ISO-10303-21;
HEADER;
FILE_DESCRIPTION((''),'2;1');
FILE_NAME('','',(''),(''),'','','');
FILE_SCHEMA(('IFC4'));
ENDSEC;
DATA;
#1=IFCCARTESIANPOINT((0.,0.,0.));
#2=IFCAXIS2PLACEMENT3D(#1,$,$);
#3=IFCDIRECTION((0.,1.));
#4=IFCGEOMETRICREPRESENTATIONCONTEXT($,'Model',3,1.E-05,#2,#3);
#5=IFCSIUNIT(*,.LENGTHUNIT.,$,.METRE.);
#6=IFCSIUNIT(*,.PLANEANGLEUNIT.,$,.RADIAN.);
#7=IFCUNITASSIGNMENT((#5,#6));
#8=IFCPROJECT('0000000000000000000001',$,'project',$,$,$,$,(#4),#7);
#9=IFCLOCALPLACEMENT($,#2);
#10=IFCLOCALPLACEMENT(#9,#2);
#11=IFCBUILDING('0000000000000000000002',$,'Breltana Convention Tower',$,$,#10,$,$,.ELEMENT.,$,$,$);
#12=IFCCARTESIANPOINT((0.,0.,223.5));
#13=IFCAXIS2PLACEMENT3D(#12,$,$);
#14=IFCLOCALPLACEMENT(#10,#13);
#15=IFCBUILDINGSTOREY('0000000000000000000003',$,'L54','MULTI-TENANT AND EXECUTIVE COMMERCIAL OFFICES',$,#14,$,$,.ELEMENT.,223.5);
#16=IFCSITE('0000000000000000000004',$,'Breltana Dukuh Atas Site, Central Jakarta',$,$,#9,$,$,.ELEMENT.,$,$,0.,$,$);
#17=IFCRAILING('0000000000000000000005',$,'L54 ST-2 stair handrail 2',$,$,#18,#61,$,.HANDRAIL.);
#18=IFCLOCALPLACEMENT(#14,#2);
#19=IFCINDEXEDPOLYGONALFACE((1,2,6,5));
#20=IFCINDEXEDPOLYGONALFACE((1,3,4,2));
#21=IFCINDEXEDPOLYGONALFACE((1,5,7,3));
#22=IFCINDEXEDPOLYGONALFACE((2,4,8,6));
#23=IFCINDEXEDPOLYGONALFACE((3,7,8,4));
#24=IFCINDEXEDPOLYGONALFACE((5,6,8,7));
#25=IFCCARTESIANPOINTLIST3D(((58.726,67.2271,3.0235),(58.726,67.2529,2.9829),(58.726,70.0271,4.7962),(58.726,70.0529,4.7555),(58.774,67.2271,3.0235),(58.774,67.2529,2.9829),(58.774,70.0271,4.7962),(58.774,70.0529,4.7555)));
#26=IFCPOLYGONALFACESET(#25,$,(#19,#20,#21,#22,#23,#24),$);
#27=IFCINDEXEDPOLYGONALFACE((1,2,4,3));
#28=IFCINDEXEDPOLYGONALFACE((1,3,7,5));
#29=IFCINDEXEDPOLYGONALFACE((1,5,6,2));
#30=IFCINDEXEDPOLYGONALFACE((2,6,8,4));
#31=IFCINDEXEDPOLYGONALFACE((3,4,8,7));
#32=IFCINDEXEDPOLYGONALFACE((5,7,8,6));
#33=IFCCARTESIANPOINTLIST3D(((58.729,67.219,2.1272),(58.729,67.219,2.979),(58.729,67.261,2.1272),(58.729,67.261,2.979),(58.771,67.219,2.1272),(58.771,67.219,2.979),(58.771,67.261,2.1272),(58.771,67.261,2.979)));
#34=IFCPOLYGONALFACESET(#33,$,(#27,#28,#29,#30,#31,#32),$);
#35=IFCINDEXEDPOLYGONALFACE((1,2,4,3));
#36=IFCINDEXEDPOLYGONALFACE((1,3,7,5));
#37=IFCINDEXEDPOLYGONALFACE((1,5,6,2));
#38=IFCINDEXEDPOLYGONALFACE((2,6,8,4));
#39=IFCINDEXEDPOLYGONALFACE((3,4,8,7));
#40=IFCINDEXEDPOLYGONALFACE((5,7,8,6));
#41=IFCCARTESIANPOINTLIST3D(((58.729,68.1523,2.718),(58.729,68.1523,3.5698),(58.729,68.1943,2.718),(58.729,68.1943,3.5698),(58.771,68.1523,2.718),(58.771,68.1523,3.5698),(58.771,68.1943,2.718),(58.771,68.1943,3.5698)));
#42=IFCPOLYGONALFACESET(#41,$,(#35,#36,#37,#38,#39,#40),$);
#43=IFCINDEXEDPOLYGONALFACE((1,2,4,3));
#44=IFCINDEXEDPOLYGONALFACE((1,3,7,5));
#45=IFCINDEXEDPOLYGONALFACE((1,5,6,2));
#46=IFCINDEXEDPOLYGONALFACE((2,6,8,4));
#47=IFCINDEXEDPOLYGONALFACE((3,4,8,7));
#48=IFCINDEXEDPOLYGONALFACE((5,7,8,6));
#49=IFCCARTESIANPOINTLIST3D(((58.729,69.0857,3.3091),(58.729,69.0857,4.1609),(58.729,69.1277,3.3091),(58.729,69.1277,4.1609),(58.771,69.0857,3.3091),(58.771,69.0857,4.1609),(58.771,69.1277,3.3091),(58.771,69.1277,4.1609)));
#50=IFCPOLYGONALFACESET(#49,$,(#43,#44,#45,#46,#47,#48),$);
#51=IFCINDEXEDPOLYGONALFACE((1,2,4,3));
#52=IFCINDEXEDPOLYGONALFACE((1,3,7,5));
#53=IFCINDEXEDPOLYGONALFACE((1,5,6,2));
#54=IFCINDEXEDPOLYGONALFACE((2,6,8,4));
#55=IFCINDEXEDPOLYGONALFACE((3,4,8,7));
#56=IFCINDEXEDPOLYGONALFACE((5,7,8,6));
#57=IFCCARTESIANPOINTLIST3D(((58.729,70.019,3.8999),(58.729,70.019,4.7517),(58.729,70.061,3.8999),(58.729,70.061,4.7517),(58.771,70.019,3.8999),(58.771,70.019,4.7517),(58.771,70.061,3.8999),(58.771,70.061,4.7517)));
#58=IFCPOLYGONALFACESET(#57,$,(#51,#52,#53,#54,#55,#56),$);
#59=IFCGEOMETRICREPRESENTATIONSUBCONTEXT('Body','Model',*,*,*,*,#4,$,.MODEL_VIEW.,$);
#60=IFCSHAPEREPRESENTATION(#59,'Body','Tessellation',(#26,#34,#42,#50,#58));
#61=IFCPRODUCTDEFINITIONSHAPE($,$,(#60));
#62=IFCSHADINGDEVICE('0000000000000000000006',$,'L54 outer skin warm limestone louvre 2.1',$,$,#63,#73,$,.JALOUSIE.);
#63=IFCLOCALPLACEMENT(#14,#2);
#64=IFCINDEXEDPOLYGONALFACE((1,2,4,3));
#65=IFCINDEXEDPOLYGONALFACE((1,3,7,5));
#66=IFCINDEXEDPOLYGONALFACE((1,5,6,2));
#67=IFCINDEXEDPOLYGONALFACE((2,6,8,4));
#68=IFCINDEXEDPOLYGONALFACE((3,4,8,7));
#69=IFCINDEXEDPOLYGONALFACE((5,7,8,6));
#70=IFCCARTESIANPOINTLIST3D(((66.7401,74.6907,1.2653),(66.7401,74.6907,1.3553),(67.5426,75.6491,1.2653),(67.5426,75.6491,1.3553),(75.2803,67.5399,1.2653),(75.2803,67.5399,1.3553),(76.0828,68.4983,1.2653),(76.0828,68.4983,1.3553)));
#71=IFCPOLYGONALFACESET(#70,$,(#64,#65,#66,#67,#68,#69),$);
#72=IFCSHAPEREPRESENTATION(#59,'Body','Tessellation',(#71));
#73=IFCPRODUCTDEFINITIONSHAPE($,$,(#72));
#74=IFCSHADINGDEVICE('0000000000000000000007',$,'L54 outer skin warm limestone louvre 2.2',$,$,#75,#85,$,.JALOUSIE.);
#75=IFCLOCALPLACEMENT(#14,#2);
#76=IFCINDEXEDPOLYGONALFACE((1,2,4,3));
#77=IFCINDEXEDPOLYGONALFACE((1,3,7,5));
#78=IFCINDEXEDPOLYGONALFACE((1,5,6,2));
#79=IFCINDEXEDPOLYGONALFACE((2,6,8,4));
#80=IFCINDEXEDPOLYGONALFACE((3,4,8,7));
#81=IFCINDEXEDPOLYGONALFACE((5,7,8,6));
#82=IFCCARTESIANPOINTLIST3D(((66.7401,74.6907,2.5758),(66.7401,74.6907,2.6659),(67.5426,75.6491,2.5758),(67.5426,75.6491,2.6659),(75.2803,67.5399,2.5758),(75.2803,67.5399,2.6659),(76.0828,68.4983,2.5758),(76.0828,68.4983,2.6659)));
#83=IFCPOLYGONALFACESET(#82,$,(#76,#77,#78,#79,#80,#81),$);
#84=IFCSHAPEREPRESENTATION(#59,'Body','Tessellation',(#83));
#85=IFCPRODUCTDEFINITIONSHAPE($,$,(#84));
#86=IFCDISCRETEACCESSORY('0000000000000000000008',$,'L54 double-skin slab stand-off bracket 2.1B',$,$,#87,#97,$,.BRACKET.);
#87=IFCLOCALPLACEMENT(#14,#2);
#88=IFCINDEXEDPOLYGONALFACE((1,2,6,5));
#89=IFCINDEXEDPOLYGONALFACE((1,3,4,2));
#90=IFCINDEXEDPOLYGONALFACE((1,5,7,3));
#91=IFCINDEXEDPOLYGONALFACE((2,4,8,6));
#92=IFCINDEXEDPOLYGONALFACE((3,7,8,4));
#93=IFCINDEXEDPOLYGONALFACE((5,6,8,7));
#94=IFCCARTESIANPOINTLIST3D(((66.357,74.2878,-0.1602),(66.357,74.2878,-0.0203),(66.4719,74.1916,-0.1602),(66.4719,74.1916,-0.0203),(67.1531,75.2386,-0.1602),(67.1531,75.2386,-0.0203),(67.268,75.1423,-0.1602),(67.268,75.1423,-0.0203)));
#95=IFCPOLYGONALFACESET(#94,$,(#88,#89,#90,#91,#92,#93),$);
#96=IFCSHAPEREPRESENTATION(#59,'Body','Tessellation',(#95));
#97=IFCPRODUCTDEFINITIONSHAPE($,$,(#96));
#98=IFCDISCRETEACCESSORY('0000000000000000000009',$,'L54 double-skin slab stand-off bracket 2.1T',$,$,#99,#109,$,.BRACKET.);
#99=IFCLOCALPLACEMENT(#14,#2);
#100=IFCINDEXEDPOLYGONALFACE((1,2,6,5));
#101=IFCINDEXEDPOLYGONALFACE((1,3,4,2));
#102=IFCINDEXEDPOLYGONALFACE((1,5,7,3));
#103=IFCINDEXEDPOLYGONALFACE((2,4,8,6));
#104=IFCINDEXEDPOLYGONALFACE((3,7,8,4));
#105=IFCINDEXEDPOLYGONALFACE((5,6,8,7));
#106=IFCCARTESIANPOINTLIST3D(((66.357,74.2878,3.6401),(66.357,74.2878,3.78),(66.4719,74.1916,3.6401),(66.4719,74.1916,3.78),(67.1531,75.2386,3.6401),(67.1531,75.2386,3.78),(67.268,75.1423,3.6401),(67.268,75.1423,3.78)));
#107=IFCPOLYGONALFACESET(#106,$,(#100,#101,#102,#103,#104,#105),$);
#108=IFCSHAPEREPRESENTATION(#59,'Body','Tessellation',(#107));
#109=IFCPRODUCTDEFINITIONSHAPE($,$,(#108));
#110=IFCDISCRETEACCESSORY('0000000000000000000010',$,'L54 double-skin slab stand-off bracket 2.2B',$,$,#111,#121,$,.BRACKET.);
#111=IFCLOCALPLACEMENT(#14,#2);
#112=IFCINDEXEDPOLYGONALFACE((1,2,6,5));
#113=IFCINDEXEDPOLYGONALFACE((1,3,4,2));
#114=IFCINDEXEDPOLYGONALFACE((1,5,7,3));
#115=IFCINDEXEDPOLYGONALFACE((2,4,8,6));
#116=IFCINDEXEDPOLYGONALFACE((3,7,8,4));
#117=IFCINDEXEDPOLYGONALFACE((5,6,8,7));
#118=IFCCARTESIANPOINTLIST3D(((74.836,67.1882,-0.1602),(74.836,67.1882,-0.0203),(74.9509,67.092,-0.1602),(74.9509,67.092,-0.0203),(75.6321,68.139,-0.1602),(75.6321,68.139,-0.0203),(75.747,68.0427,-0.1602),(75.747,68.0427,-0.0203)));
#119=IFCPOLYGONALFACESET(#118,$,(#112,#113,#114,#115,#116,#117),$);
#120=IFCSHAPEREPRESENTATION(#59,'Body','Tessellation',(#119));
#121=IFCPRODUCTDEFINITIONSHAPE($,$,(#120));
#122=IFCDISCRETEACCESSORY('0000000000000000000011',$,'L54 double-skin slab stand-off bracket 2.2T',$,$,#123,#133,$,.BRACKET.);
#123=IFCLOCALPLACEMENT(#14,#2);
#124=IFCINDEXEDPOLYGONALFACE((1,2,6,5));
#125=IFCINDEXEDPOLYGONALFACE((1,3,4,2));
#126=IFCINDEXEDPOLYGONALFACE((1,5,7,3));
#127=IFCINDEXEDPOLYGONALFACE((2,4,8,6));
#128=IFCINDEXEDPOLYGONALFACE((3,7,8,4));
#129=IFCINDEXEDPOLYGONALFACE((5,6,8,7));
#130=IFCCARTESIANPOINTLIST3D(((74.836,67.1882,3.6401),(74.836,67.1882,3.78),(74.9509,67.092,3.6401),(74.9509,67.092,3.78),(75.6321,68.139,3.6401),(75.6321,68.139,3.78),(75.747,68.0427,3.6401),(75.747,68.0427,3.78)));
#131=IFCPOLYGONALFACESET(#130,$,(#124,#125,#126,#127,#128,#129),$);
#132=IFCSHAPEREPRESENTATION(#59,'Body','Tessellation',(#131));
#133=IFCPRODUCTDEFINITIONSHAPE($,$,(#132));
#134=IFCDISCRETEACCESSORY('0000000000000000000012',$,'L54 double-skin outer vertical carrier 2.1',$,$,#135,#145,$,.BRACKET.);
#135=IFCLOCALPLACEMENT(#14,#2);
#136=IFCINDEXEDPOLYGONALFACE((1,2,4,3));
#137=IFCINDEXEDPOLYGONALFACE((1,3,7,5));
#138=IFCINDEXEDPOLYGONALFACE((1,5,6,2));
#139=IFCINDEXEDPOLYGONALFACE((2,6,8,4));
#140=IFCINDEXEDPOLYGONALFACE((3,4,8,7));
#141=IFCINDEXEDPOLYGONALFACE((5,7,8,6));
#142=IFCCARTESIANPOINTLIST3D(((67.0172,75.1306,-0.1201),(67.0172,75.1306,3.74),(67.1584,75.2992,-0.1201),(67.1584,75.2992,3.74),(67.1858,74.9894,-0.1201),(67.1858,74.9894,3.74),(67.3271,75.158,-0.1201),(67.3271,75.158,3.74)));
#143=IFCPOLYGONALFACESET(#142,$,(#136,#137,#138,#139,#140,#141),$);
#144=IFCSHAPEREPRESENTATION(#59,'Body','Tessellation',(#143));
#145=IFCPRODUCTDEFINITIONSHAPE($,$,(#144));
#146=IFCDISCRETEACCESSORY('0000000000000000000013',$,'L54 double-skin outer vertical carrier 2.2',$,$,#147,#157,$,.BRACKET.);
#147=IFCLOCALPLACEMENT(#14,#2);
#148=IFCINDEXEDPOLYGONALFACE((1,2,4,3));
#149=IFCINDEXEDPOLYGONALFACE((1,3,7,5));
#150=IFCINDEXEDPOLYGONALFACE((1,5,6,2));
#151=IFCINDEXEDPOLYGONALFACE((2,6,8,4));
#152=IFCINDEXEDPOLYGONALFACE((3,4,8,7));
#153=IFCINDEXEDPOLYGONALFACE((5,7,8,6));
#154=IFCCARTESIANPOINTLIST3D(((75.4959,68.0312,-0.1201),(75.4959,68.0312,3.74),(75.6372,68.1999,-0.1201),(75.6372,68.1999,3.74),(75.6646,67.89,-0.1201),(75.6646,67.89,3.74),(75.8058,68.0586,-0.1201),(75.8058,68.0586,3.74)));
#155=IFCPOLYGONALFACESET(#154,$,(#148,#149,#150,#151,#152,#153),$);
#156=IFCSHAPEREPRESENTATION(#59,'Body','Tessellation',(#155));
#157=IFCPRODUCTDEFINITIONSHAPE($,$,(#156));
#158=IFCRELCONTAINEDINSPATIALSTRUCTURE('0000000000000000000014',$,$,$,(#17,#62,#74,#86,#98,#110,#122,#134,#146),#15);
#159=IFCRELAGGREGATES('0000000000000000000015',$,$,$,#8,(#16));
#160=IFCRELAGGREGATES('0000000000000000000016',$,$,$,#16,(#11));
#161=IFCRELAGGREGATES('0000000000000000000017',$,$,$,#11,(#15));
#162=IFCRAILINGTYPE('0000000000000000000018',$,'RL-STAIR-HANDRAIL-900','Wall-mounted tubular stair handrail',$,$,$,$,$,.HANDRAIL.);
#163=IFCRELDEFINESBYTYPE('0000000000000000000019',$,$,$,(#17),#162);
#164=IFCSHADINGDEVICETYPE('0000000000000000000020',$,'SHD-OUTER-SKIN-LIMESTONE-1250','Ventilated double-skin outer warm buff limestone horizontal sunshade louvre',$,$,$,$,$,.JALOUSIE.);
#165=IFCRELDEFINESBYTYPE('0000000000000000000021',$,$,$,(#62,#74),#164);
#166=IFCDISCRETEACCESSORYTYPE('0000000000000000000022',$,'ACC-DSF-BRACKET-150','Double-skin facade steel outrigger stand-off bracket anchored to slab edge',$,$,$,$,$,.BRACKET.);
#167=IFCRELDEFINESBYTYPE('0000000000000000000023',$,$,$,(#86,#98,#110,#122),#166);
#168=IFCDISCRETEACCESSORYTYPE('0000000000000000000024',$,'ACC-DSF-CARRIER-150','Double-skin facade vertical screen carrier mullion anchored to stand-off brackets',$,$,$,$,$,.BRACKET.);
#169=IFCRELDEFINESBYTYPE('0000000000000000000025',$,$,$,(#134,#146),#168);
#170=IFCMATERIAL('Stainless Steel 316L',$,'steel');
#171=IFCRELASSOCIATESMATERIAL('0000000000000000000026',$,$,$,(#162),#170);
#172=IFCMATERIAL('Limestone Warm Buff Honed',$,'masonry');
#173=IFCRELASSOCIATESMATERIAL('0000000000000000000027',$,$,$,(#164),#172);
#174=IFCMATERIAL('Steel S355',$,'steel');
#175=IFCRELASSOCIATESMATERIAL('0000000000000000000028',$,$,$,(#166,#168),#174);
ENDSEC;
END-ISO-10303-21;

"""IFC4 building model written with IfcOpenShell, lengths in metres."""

from ifc_helpers import new_model, si_unit, direction, frame, origin, origin_2d, place, context, subcontext, project, spatial, rectangle, extrude, source, transform, mapped, material, material_profile, profile_set, type_object, type_shapes, element, save


model = new_model("IFC4")

# Units and contexts
model_context = context("Model", 3, precision=1e-05, world=origin(), true_north=direction((0.0, 1.0)))
body_context = subcontext(model_context, "Body", "Model", "MODEL_VIEW")
ifc_project = project(units=[si_unit("LENGTHUNIT", "METRE"), si_unit("PLANEANGLEUNIT", "RADIAN")], contexts=[model_context])

# Site, building, storey
site_placement = place(None, origin())
site = spatial("IfcSite", under=ifc_project, at=site_placement, Name="Breltana Dukuh Atas Site, Central Jakarta", CompositionType="ELEMENT", RefElevation=0.0)
building_placement = place(site_placement, origin())
building = spatial("IfcBuilding", under=site, at=building_placement, Name="Breltana Convention Tower", CompositionType="ELEMENT")
storey_placement = place(building_placement, frame((0.0, 0.0, 223.5)))
storey = spatial("IfcBuildingStorey", under=building, at=storey_placement, Name="L54", Description="MULTI-TENANT AND EXECUTIVE COMMERCIAL OFFICES", CompositionType="ELEMENT", Elevation=223.5)

# Railing
ifc_material_1 = material(Name="Stainless Steel 316L", Category="steel")
railing_type_1 = type_object("IfcRailingType", Name="RL-STAIR-HANDRAIL-900", Description="Wall-mounted tubular stair handrail", PredefinedType="HANDRAIL", material=ifc_material_1)
railing_1_placement = place(storey_placement, frame((58.75, 67.24, 2.1272)))
element("IfcRailing", 1, at=railing_1_placement, inside=storey, type_object=railing_type_1, Name="L54 ST-2 stair handrail 2", PredefinedType="HANDRAIL", context=body_context, shape_type="SweptSolid", body=[
    extrude(rectangle(XDim=0.0481, YDim=0.0481, at=origin_2d()), frame((0.0, 0.0, 0.876), z_axis=(0.0, 0.844909, 0.53491), x_axis=(-1.0, 0.0, 0.0)), (0.0, 0.0, 1.0), 3.314),
    extrude(rectangle(XDim=0.042, YDim=0.042, at=origin_2d()), origin(), (0.0, 0.0, 1.0), 0.8518),
    extrude(rectangle(XDim=0.042, YDim=0.042, at=origin_2d()), frame((0.0, 0.9333, 0.5908)), (0.0, 0.0, 1.0), 0.8518),
    extrude(rectangle(XDim=0.042, YDim=0.042, at=origin_2d()), frame((0.0, 1.8667, 1.1819)), (0.0, 0.0, 1.0), 0.8518),
    extrude(rectangle(XDim=0.042, YDim=0.042, at=origin_2d()), frame((0.0, 2.8, 1.7727)), (0.0, 0.0, 1.0), 0.8518),
])

# Shading devices
ifc_material_2 = material(Name="Limestone Warm Buff Honed", Category="masonry")
ifc_material_profile_1 = material_profile(ifc_material_2, rectangle(XDim=1.25, YDim=0.0901, at=origin_2d()), Name="STN-LVR-1250X90")
ifc_profile_set_1 = profile_set([ifc_material_profile_1], Name="Limestone Warm Buff Honed")
shading_device_type = type_object("IfcShadingDeviceType", Name="SHD-OUTER-SKIN-LIMESTONE-1250", Description="Ventilated double-skin outer warm buff limestone horizontal sunshade louvre", PredefinedType="JALOUSIE", material=ifc_profile_set_1)
shared_shape_1 = source(origin(), body_context, "Body", "SweptSolid", [
    extrude(rectangle(XDim=1.25, YDim=0.0901, at=origin_2d()), origin(), (0.0, 0.0, 1.0), 11.1387),
])
for number, where, z_axis, x_axis, name in (
    (2, (67.1414, 75.1699, 1.3103), (0.766719, -0.641983, 0.0), (0.641983, 0.766719, 0.0), "L54 outer skin warm limestone louvre 2.1"),
    (3, (67.1414, 75.1699, 2.6208), (0.766719, -0.641983, 0.0), (0.641983, 0.766719, 0.0), "L54 outer skin warm limestone louvre 2.2"),
):
    element("IfcShadingDevice", number, at=place(storey_placement, frame(where, z_axis=z_axis, x_axis=x_axis)), inside=storey, type_object=shading_device_type, Name=name, PredefinedType="JALOUSIE", context=body_context, shape_type="MappedRepresentation", body=[
        mapped(shared_shape_1, transform((0.0, 0.0, 0.0), scale=1.0)),
    ])

# Discrete accessories
ifc_material_3 = material(Name="Steel S355", Category="steel")
discrete_accessory_type_1 = type_object("IfcDiscreteAccessoryType", Name="ACC-DSF-BRACKET-150", Description="Double-skin facade steel outrigger stand-off bracket anchored to slab edge", PredefinedType="BRACKET", material=ifc_material_3)
shared_shape_2 = source(origin(), body_context, "Body", "SweptSolid", [
    extrude(rectangle(XDim=1.24, YDim=0.1499, at=origin_2d()), origin(), (0.0, 0.0, 1.0), 0.1399),
])
type_shapes(discrete_accessory_type_1, [shared_shape_2])
for number, where, z_axis, x_axis, name in (
    (4, (66.8125, 74.7151, -0.1602), (0.0, 0.0, 1.0), (0.641984, 0.766718, 0.0), "L54 double-skin slab stand-off bracket 2.1B"),
    (5, (66.8125, 74.7151, 3.6401), (0.0, 0.0, 1.0), (0.641984, 0.766718, 0.0), "L54 double-skin slab stand-off bracket 2.1T"),
    (6, (75.2915, 67.6155, -0.1602), (0.0, 0.0, 1.0), (0.641984, 0.766718, 0.0), "L54 double-skin slab stand-off bracket 2.2B"),
    (7, (75.2915, 67.6155, 3.6401), (0.0, 0.0, 1.0), (0.641984, 0.766718, 0.0), "L54 double-skin slab stand-off bracket 2.2T"),
):
    element("IfcDiscreteAccessory", number, at=place(storey_placement, frame(where, z_axis=z_axis, x_axis=x_axis)), inside=storey, type_object=discrete_accessory_type_1, Name=name, PredefinedType="BRACKET", context=body_context, shape_type="MappedRepresentation", body=[
        mapped(shared_shape_2, transform((0.0, 0.0, 0.0), scale=1.0)),
    ])
discrete_accessory_type_2 = type_object("IfcDiscreteAccessoryType", Name="ACC-DSF-CARRIER-150", Description="Double-skin facade vertical screen carrier mullion anchored to stand-off brackets", PredefinedType="BRACKET", material=ifc_material_3)
shared_shape_3 = source(origin(), body_context, "Body", "SweptSolid", [
    extrude(rectangle(XDim=0.22, YDim=0.22, at=origin_2d()), origin(), (0.0, 0.0, 1.0), 3.8601),
])
for number, where, z_axis, x_axis, name in (
    (8, (67.1721, 75.1443, -0.1201), (0.0, 0.0, 1.0), (0.641984, 0.766718, 0.0), "L54 double-skin outer vertical carrier 2.1"),
    (9, (75.6509, 68.0449, -0.1201), (0.0, 0.0, 1.0), (0.641984, 0.766718, 0.0), "L54 double-skin outer vertical carrier 2.2"),
):
    element("IfcDiscreteAccessory", number, at=place(storey_placement, frame(where, z_axis=z_axis, x_axis=x_axis)), inside=storey, type_object=discrete_accessory_type_2, Name=name, PredefinedType="BRACKET", context=body_context, shape_type="MappedRepresentation", body=[
        mapped(shared_shape_3, transform((0.0, 0.0, 0.0), scale=1.0)),
    ])

save(model, "model.ifc")
